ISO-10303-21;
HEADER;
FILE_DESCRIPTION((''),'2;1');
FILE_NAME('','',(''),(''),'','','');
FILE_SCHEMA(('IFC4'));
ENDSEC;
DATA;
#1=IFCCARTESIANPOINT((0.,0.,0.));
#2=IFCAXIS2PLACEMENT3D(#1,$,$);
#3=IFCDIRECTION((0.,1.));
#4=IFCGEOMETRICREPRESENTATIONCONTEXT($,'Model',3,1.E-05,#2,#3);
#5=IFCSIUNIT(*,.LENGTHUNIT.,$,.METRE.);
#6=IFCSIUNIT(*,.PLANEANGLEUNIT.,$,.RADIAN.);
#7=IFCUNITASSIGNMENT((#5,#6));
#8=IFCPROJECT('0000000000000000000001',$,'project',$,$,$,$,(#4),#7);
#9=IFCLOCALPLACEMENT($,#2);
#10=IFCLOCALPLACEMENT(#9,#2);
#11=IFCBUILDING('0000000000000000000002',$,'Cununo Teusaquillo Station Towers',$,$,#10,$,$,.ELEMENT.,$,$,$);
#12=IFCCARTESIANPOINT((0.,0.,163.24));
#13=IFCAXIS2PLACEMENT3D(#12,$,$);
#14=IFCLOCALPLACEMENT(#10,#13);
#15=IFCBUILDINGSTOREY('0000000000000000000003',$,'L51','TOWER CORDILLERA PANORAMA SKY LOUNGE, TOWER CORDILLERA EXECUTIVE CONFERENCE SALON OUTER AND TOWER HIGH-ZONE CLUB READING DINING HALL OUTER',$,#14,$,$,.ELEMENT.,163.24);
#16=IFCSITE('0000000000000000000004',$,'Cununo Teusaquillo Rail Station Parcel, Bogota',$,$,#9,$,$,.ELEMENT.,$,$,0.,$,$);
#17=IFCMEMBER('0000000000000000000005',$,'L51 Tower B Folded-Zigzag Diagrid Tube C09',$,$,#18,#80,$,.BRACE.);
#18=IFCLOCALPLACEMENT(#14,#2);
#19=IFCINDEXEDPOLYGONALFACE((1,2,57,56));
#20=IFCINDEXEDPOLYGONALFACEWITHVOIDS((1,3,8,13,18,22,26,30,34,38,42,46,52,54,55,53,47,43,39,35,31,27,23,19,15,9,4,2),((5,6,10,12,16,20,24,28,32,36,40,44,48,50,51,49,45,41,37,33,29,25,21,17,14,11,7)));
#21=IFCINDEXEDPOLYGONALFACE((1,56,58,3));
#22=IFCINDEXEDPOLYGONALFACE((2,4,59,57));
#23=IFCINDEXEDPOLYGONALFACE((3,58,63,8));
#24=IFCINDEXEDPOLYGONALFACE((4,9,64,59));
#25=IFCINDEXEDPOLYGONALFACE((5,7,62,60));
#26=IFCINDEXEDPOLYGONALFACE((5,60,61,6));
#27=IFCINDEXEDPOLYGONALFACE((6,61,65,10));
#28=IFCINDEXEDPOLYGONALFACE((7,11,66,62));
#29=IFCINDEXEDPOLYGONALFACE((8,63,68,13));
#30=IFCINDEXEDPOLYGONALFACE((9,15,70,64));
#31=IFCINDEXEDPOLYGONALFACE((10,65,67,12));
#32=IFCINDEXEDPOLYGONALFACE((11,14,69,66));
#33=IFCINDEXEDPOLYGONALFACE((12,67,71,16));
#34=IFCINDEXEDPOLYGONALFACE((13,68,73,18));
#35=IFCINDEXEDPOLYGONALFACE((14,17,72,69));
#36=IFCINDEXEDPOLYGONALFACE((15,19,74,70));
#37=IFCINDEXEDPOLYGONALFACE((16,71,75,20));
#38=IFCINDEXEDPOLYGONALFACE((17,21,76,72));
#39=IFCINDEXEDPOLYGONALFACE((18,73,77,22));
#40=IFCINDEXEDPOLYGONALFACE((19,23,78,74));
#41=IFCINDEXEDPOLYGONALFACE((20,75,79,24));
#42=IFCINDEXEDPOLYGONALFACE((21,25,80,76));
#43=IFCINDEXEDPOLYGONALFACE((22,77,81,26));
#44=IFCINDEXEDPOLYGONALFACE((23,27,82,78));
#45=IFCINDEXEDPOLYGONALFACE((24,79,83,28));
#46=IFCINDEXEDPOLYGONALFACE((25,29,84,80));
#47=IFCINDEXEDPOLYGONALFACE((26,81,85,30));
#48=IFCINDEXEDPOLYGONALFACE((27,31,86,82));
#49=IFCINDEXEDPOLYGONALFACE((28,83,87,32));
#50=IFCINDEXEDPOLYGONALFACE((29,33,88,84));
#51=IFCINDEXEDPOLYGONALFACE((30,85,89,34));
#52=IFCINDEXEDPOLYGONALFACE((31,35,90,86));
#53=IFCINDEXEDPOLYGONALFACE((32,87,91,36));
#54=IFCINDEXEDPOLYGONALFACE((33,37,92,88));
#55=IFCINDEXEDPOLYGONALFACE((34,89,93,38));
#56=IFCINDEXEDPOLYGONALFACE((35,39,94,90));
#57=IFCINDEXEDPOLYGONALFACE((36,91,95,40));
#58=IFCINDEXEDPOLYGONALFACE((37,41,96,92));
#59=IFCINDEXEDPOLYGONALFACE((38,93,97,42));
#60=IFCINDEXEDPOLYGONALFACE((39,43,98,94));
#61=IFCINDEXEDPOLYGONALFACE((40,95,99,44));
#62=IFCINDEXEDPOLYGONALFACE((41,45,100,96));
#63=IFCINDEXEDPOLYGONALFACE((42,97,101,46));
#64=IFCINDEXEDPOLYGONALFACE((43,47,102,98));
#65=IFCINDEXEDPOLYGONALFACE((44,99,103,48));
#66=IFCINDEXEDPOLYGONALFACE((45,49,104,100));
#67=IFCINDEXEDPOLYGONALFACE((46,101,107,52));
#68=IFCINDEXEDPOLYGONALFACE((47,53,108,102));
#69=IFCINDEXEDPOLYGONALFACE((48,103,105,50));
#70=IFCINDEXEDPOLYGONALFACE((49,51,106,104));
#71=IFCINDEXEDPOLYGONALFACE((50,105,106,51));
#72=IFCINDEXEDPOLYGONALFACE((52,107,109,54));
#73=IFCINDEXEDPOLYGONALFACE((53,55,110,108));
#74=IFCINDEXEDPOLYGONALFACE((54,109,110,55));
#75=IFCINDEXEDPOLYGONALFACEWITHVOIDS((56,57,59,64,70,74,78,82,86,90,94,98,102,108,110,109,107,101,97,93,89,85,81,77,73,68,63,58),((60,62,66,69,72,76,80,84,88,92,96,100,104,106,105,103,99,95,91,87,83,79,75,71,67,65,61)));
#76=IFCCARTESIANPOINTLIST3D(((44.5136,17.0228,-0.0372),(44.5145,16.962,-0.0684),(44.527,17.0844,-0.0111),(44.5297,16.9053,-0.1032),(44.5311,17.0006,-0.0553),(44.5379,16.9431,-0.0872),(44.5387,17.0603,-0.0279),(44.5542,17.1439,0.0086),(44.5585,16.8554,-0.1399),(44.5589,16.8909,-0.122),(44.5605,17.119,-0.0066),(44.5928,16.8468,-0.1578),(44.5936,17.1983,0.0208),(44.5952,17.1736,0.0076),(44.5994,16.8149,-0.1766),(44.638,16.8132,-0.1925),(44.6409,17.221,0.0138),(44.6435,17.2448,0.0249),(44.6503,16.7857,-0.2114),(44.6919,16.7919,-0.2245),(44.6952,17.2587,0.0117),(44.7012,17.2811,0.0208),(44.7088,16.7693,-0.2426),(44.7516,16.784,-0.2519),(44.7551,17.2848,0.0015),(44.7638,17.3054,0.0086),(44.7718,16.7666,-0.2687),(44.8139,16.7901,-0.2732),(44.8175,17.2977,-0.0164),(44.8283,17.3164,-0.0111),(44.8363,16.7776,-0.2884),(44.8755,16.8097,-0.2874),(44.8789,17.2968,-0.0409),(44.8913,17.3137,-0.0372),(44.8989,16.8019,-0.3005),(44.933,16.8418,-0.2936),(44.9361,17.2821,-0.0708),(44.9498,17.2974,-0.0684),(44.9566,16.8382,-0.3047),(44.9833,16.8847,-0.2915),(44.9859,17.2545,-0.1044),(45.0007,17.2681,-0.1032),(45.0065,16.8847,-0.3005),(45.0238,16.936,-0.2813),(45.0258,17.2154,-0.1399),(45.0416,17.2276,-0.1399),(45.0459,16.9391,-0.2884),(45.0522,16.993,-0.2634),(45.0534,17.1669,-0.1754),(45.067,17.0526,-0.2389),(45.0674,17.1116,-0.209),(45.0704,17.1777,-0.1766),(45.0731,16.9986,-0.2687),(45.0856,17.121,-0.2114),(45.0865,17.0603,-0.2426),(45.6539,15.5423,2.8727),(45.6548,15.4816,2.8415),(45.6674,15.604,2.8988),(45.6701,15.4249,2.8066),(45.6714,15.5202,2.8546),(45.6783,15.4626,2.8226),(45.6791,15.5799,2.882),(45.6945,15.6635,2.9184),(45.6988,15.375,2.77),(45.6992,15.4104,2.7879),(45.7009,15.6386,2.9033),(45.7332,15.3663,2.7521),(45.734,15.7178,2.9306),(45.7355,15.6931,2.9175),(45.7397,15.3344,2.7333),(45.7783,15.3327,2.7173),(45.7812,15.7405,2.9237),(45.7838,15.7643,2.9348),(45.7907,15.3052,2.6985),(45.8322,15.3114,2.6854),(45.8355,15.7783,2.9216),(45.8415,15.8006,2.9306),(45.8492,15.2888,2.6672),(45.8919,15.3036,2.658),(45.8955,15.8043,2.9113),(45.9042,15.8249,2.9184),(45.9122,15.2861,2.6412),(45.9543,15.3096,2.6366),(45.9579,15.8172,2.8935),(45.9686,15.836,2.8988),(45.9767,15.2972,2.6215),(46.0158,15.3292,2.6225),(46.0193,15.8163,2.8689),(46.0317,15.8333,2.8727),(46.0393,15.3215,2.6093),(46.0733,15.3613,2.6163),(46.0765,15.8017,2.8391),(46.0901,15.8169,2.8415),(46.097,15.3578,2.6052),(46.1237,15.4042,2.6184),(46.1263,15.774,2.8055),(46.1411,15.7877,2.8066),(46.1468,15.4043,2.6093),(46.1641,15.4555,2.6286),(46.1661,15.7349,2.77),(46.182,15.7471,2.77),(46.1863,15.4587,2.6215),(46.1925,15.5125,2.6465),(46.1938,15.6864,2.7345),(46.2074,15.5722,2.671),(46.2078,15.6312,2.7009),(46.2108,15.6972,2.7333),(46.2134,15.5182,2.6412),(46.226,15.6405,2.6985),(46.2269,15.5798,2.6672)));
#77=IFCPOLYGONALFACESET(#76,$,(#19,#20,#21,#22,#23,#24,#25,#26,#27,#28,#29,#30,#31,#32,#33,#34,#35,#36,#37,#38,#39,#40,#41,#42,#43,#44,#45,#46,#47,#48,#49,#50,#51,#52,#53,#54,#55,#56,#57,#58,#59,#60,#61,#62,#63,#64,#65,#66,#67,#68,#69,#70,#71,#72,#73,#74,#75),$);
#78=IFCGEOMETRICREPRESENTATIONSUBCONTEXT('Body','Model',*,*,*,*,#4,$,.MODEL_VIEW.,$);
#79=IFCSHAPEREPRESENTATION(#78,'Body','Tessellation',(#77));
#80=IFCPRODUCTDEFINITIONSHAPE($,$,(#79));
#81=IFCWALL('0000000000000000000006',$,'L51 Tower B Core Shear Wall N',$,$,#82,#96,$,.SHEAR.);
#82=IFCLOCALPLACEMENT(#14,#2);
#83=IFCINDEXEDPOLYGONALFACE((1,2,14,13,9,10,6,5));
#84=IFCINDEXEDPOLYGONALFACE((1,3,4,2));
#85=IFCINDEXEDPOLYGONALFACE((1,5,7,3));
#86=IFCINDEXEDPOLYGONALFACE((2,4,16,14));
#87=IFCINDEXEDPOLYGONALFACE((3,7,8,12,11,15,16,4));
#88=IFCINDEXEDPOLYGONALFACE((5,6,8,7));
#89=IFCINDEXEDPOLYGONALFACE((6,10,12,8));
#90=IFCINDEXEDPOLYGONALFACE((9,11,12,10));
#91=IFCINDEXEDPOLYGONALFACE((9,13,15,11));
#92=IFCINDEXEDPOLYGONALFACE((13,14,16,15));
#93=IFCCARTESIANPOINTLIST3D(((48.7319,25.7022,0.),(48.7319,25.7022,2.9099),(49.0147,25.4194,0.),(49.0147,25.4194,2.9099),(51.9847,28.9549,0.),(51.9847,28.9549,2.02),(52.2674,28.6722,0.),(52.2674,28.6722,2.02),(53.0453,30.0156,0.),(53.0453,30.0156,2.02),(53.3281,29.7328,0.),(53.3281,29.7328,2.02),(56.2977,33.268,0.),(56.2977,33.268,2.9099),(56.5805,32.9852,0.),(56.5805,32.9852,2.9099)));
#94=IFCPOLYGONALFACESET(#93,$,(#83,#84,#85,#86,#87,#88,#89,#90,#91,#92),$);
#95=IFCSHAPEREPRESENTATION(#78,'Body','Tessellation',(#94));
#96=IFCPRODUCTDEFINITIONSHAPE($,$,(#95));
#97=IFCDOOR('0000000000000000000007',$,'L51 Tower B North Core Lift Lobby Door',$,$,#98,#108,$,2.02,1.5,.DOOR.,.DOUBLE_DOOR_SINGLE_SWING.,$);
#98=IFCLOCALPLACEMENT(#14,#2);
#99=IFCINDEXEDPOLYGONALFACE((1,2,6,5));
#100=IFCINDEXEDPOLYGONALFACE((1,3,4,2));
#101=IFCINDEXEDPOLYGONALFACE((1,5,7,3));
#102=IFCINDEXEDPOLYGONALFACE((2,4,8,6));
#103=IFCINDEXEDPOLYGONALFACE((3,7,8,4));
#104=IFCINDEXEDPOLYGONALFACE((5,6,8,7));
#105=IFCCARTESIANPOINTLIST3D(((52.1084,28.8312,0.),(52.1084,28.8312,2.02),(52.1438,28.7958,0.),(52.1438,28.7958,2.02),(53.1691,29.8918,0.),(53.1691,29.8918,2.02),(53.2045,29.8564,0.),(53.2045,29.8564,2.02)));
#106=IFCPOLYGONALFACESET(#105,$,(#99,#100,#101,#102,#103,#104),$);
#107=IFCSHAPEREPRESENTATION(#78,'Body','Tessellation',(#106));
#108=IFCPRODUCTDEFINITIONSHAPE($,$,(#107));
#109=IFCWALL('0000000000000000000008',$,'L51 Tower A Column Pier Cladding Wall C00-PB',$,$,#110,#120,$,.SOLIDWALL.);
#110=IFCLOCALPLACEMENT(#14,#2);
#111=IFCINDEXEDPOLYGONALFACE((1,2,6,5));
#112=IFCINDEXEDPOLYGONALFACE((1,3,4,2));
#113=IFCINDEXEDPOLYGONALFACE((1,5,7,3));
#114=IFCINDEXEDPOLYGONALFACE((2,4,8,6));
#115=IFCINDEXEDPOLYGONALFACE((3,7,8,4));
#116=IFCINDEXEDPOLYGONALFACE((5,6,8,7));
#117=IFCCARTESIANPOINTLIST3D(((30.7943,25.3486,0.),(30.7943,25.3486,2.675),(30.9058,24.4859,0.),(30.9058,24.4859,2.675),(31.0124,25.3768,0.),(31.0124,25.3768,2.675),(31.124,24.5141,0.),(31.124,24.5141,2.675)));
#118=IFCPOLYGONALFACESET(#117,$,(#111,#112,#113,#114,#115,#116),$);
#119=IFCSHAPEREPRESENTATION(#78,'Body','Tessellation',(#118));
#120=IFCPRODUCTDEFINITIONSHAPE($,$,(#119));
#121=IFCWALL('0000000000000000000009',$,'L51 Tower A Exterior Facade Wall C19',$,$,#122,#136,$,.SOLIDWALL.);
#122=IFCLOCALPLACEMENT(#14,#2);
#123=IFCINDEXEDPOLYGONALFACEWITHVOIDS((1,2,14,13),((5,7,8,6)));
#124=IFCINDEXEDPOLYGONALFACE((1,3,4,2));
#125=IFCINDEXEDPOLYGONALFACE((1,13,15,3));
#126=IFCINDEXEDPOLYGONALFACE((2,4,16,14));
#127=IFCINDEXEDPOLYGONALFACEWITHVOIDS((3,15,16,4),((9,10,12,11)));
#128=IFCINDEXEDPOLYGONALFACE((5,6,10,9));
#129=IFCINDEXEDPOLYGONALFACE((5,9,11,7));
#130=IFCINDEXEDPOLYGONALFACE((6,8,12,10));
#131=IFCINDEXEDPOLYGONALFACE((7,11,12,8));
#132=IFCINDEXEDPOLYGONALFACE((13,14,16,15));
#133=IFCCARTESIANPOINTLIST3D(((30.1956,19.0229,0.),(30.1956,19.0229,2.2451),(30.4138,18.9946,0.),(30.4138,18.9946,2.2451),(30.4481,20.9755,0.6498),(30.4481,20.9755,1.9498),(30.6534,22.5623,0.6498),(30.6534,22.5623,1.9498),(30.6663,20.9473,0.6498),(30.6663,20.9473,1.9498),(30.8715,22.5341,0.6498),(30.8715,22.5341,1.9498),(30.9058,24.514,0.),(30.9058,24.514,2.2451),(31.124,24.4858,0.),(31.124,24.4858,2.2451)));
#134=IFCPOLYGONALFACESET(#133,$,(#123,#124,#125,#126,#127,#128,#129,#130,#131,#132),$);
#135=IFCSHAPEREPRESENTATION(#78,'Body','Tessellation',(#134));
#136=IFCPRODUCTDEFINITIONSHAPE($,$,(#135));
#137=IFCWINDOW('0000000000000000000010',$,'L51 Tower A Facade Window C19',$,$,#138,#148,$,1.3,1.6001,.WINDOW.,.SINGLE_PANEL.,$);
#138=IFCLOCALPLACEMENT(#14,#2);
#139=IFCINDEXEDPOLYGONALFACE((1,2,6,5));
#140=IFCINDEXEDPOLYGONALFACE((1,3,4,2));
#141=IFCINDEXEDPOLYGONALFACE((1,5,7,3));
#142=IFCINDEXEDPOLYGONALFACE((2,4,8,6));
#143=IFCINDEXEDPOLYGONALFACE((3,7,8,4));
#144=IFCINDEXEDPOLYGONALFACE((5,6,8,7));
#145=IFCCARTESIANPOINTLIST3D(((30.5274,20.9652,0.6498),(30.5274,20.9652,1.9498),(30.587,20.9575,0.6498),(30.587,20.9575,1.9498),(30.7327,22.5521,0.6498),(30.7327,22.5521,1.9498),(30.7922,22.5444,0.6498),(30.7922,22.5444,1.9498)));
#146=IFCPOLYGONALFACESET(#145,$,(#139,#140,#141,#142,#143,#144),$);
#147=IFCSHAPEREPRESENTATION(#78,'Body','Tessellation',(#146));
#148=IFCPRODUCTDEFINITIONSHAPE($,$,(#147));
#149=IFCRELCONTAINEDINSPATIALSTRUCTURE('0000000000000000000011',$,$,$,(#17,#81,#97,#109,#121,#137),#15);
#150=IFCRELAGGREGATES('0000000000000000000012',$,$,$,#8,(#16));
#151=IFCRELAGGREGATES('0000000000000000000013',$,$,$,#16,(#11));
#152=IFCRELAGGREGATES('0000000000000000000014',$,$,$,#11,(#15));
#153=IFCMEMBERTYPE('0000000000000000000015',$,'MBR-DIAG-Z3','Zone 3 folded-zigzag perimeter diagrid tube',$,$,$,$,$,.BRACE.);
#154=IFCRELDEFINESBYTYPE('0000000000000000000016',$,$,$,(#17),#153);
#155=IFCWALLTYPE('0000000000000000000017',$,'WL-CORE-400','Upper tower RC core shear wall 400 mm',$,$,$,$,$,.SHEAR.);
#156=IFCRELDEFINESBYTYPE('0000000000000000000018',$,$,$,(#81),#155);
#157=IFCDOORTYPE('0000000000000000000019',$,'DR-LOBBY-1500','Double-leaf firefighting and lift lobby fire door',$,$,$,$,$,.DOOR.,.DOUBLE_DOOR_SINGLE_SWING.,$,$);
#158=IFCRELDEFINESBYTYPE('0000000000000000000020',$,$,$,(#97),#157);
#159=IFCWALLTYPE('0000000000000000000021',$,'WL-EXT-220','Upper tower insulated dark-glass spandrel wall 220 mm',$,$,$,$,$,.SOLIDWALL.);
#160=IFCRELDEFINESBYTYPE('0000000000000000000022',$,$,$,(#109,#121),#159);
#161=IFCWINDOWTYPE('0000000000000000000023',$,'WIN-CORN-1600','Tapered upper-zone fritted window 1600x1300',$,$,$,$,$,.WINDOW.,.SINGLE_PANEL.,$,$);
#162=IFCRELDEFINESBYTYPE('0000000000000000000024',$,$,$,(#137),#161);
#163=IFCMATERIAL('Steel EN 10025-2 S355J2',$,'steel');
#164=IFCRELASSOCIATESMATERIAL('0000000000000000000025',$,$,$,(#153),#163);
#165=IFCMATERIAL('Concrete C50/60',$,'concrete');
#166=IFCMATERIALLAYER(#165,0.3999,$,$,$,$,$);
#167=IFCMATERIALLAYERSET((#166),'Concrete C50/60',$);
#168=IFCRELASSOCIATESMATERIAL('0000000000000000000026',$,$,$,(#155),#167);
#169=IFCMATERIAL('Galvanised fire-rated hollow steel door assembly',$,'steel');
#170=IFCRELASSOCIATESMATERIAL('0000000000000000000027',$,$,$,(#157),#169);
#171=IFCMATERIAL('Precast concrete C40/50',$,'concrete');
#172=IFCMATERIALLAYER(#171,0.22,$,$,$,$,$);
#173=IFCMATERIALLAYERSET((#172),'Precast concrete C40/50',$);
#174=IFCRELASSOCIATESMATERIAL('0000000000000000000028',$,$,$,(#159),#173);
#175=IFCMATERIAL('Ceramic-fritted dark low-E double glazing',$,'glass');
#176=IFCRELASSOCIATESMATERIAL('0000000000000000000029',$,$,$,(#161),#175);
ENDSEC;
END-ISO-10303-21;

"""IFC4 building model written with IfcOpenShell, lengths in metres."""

from ifc_helpers import new_model, si_unit, direction, frame, frame_2d, origin, origin_2d, place, context, subcontext, project, spatial, rectangle, hollow_circle, extrude, source, transform, mapped, material, layer, layer_set, material_profile, profile_set, type_object, element, fill, save


model = new_model("IFC4")

# Units and contexts
model_context = context("Model", 3, precision=1e-05, world=origin(), true_north=direction((0.0, 1.0)))
body_context = subcontext(model_context, "Body", "Model", "MODEL_VIEW")
ifc_project = project(units=[si_unit("LENGTHUNIT", "METRE"), si_unit("PLANEANGLEUNIT", "RADIAN")], contexts=[model_context])

# Site, building, storey
site_placement = place(None, origin())
site = spatial("IfcSite", under=ifc_project, at=site_placement, Name="Cununo Teusaquillo Rail Station Parcel, Bogota", CompositionType="ELEMENT", RefElevation=0.0)
building_placement = place(site_placement, origin())
building = spatial("IfcBuilding", under=site, at=building_placement, Name="Cununo Teusaquillo Station Towers", CompositionType="ELEMENT")
storey_placement = place(building_placement, frame((0.0, 0.0, 163.24)))
storey = spatial("IfcBuildingStorey", under=building, at=storey_placement, Name="L51", Description="TOWER CORDILLERA PANORAMA SKY LOUNGE, TOWER CORDILLERA EXECUTIVE CONFERENCE SALON OUTER AND TOWER HIGH-ZONE CLUB READING DINING HALL OUTER", CompositionType="ELEMENT", Elevation=163.24)

# Member
ifc_material_1 = material(Name="Steel EN 10025-2 S355J2", Category="steel")
ifc_material_profile_1 = material_profile(ifc_material_1, hollow_circle(Radius=0.3049, WallThickness=0.02, at=origin_2d()), Name="CHS 610x20")
ifc_profile_set_1 = profile_set([ifc_material_profile_1], Name="Steel EN 10025-2 S355J2")
member_type_1 = type_object("IfcMemberType", Name="MBR-DIAG-Z3", Description="Zone 3 folded-zigzag perimeter diagrid tube", PredefinedType="BRACE", material=ifc_profile_set_1)
member_1_placement = place(storey_placement, frame((44.8, 17.0415, -0.1399), z_axis=(0.329752, -0.428091, 0.841428), x_axis=(0.792221, 0.610235, 0.0)))
element("IfcMember", 1, at=member_1_placement, inside=storey, type_object=member_type_1, Name="L51 Tower B Folded-Zigzag Diagrid Tube C09", PredefinedType="BRACE", context=body_context, shape_type="SweptSolid", body=[
    extrude(hollow_circle(Radius=0.3049, WallThickness=0.02, at=origin_2d()), origin(), (0.0, 0.0, 1.0), 3.4583),
])

# Wall, opening, door
ifc_material_2 = material(Name="Concrete C50/60", Category="concrete")
ifc_layer_1 = layer(ifc_material_2, 0.3999)
ifc_layer_set_1 = layer_set([ifc_layer_1], Name="Concrete C50/60")
wall_type_1 = type_object("IfcWallType", Name="WL-CORE-400", Description="Upper tower RC core shear wall 400 mm", PredefinedType="SHEAR", material=ifc_layer_set_1)
wall_1_placement = place(storey_placement, frame((48.8733, 25.5608, 0.0), z_axis=(0.0, 0.0, 1.0), x_axis=(0.707107, 0.707107, 0.0)))
wall_1 = element("IfcWall", 2, at=wall_1_placement, inside=storey, type_object=wall_type_1, Name="L51 Tower B Core Shear Wall N", PredefinedType="SHEAR", context=body_context, shape_type="SweptSolid", body=[
    extrude(rectangle(XDim=10.6997, YDim=0.3999, at=frame_2d((5.3499, 0.0))), origin(), (0.0, 0.0, 1.0), 2.9099),
])
shared_shape_1 = source(origin(), body_context, "Body", "SweptSolid", [
    extrude(rectangle(XDim=1.5, YDim=2.02, at=frame_2d((0.75, 1.01))), frame((0.0, 0.21, 0.0), z_axis=(0.0, -1.0, 0.0), x_axis=(1.0, 0.0, 0.0)), (0.0, 0.0, 1.0), 0.4199),
])
opening_1_placement = place(wall_1_placement, frame((4.6001, 0.0, 0.0)))
opening_1 = element("IfcOpeningElement", 3, at=opening_1_placement, cuts=wall_1, PredefinedType="OPENING", context=body_context, shape_type="MappedRepresentation", body=[
    mapped(shared_shape_1, transform((0.0, 0.0, 0.0), x_axis=(1.0, 0.0, 0.0), y_axis=(0.0, 1.0, 0.0), z_axis=(0.0, 0.0, 1.0), scale=1.0)),
])
ifc_material_3 = material(Name="Galvanised fire-rated hollow steel door assembly", Category="steel")
door_type_1 = type_object("IfcDoorType", Name="DR-LOBBY-1500", Description="Double-leaf firefighting and lift lobby fire door", OperationType="DOUBLE_DOOR_SINGLE_SWING", PredefinedType="DOOR", material=ifc_material_3)
shared_shape_2 = source(origin(), body_context, "Body", "SweptSolid", [
    extrude(rectangle(XDim=1.5, YDim=2.02, at=frame_2d((0.75, 1.01))), frame((0.0, 0.0249, 0.0), z_axis=(0.0, -1.0, 0.0), x_axis=(1.0, 0.0, 0.0)), (0.0, 0.0, 1.0), 0.05),
])
door_1_placement = place(opening_1_placement, origin())
door_1 = element("IfcDoor", 4, at=door_1_placement, inside=storey, type_object=door_type_1, Name="L51 Tower B North Core Lift Lobby Door", OperationType="DOUBLE_DOOR_SINGLE_SWING", OverallHeight=2.02, OverallWidth=1.5, PredefinedType="DOOR", context=body_context, shape_type="MappedRepresentation", body=[
    mapped(shared_shape_2, transform((0.0, 0.0, 0.0), x_axis=(1.0, 0.0, 0.0), y_axis=(0.0, 1.0, 0.0), z_axis=(0.0, 0.0, 1.0), scale=1.0)),
])
fill(opening_1, door_1)

# Wall
ifc_material_4 = material(Name="Precast concrete C40/50", Category="concrete")
ifc_layer_2 = layer(ifc_material_4, 0.22)
ifc_layer_set_2 = layer_set([ifc_layer_2], Name="Precast concrete C40/50")
wall_type_2 = type_object("IfcWallType", Name="WL-EXT-220", Description="Upper tower insulated dark-glass spandrel wall 220 mm", PredefinedType="SOLIDWALL", material=ifc_layer_set_2)
wall_2_placement = place(storey_placement, frame((30.9033, 25.3628, 0.0), z_axis=(0.0, 0.0, 1.0), x_axis=(0.128247, -0.991742, 0.0)))
element("IfcWall", 5, at=wall_2_placement, inside=storey, type_object=wall_type_2, Name="L51 Tower A Column Pier Cladding Wall C00-PB", PredefinedType="SOLIDWALL", context=body_context, shape_type="SweptSolid", body=[
    extrude(rectangle(XDim=0.8699, YDim=0.22, at=frame_2d((0.4351, 0.0))), origin(), (0.0, 0.0, 1.0), 2.675),
])

# Wall, opening, window
wall_3_placement = place(storey_placement, frame((31.0149, 24.5, 0.0), z_axis=(0.0, 0.0, 1.0), x_axis=(-0.128267, -0.99174, 0.0)))
wall_3 = element("IfcWall", 6, at=wall_3_placement, inside=storey, type_object=wall_type_2, Name="L51 Tower A Exterior Facade Wall C19", PredefinedType="SOLIDWALL", context=body_context, shape_type="SweptSolid", body=[
    extrude(rectangle(XDim=5.5369, YDim=0.22, at=frame_2d((2.7686, 0.0))), origin(), (0.0, 0.0, 1.0), 2.2451),
])
shared_shape_3 = source(origin(), body_context, "Body", "SweptSolid", [
    extrude(rectangle(XDim=1.6001, YDim=1.3, at=frame_2d((0.8, 0.6499))), frame((0.0, 0.1199, 0.0), z_axis=(0.0, -1.0, 0.0), x_axis=(1.0, 0.0, 0.0)), (0.0, 0.0, 1.0), 0.24),
])
opening_2_placement = place(wall_3_placement, frame((1.968, 0.0, 0.6499)))
opening_2 = element("IfcOpeningElement", 7, at=opening_2_placement, cuts=wall_3, PredefinedType="OPENING", context=body_context, shape_type="MappedRepresentation", body=[
    mapped(shared_shape_3, transform((0.0, 0.0, 0.0), x_axis=(1.0, 0.0, 0.0), y_axis=(0.0, 1.0, 0.0), z_axis=(0.0, 0.0, 1.0), scale=1.0)),
])
ifc_material_5 = material(Name="Ceramic-fritted dark low-E double glazing", Category="glass")
window_type = type_object("IfcWindowType", Name="WIN-CORN-1600", Description="Tapered upper-zone fritted window 1600x1300", PartitioningType="SINGLE_PANEL", PredefinedType="WINDOW", material=ifc_material_5)
shared_shape_4 = source(origin(), body_context, "Body", "SweptSolid", [
    extrude(rectangle(XDim=1.6001, YDim=1.3, at=frame_2d((0.8, 0.6499))), frame((0.0, 0.03, 0.0), z_axis=(0.0, -1.0, 0.0), x_axis=(1.0, 0.0, 0.0)), (0.0, 0.0, 1.0), 0.0601),
])
window_1_placement = place(opening_2_placement, origin())
window_1 = element("IfcWindow", 8, at=window_1_placement, inside=storey, type_object=window_type, Name="L51 Tower A Facade Window C19", OverallHeight=1.3, OverallWidth=1.6001, PartitioningType="SINGLE_PANEL", PredefinedType="WINDOW", context=body_context, shape_type="MappedRepresentation", body=[
    mapped(shared_shape_4, transform((0.0, 0.0, 0.0), x_axis=(1.0, 0.0, 0.0), y_axis=(0.0, 1.0, 0.0), z_axis=(0.0, 0.0, 1.0), scale=1.0)),
])
fill(opening_2, window_1)

save(model, "model.ifc")
